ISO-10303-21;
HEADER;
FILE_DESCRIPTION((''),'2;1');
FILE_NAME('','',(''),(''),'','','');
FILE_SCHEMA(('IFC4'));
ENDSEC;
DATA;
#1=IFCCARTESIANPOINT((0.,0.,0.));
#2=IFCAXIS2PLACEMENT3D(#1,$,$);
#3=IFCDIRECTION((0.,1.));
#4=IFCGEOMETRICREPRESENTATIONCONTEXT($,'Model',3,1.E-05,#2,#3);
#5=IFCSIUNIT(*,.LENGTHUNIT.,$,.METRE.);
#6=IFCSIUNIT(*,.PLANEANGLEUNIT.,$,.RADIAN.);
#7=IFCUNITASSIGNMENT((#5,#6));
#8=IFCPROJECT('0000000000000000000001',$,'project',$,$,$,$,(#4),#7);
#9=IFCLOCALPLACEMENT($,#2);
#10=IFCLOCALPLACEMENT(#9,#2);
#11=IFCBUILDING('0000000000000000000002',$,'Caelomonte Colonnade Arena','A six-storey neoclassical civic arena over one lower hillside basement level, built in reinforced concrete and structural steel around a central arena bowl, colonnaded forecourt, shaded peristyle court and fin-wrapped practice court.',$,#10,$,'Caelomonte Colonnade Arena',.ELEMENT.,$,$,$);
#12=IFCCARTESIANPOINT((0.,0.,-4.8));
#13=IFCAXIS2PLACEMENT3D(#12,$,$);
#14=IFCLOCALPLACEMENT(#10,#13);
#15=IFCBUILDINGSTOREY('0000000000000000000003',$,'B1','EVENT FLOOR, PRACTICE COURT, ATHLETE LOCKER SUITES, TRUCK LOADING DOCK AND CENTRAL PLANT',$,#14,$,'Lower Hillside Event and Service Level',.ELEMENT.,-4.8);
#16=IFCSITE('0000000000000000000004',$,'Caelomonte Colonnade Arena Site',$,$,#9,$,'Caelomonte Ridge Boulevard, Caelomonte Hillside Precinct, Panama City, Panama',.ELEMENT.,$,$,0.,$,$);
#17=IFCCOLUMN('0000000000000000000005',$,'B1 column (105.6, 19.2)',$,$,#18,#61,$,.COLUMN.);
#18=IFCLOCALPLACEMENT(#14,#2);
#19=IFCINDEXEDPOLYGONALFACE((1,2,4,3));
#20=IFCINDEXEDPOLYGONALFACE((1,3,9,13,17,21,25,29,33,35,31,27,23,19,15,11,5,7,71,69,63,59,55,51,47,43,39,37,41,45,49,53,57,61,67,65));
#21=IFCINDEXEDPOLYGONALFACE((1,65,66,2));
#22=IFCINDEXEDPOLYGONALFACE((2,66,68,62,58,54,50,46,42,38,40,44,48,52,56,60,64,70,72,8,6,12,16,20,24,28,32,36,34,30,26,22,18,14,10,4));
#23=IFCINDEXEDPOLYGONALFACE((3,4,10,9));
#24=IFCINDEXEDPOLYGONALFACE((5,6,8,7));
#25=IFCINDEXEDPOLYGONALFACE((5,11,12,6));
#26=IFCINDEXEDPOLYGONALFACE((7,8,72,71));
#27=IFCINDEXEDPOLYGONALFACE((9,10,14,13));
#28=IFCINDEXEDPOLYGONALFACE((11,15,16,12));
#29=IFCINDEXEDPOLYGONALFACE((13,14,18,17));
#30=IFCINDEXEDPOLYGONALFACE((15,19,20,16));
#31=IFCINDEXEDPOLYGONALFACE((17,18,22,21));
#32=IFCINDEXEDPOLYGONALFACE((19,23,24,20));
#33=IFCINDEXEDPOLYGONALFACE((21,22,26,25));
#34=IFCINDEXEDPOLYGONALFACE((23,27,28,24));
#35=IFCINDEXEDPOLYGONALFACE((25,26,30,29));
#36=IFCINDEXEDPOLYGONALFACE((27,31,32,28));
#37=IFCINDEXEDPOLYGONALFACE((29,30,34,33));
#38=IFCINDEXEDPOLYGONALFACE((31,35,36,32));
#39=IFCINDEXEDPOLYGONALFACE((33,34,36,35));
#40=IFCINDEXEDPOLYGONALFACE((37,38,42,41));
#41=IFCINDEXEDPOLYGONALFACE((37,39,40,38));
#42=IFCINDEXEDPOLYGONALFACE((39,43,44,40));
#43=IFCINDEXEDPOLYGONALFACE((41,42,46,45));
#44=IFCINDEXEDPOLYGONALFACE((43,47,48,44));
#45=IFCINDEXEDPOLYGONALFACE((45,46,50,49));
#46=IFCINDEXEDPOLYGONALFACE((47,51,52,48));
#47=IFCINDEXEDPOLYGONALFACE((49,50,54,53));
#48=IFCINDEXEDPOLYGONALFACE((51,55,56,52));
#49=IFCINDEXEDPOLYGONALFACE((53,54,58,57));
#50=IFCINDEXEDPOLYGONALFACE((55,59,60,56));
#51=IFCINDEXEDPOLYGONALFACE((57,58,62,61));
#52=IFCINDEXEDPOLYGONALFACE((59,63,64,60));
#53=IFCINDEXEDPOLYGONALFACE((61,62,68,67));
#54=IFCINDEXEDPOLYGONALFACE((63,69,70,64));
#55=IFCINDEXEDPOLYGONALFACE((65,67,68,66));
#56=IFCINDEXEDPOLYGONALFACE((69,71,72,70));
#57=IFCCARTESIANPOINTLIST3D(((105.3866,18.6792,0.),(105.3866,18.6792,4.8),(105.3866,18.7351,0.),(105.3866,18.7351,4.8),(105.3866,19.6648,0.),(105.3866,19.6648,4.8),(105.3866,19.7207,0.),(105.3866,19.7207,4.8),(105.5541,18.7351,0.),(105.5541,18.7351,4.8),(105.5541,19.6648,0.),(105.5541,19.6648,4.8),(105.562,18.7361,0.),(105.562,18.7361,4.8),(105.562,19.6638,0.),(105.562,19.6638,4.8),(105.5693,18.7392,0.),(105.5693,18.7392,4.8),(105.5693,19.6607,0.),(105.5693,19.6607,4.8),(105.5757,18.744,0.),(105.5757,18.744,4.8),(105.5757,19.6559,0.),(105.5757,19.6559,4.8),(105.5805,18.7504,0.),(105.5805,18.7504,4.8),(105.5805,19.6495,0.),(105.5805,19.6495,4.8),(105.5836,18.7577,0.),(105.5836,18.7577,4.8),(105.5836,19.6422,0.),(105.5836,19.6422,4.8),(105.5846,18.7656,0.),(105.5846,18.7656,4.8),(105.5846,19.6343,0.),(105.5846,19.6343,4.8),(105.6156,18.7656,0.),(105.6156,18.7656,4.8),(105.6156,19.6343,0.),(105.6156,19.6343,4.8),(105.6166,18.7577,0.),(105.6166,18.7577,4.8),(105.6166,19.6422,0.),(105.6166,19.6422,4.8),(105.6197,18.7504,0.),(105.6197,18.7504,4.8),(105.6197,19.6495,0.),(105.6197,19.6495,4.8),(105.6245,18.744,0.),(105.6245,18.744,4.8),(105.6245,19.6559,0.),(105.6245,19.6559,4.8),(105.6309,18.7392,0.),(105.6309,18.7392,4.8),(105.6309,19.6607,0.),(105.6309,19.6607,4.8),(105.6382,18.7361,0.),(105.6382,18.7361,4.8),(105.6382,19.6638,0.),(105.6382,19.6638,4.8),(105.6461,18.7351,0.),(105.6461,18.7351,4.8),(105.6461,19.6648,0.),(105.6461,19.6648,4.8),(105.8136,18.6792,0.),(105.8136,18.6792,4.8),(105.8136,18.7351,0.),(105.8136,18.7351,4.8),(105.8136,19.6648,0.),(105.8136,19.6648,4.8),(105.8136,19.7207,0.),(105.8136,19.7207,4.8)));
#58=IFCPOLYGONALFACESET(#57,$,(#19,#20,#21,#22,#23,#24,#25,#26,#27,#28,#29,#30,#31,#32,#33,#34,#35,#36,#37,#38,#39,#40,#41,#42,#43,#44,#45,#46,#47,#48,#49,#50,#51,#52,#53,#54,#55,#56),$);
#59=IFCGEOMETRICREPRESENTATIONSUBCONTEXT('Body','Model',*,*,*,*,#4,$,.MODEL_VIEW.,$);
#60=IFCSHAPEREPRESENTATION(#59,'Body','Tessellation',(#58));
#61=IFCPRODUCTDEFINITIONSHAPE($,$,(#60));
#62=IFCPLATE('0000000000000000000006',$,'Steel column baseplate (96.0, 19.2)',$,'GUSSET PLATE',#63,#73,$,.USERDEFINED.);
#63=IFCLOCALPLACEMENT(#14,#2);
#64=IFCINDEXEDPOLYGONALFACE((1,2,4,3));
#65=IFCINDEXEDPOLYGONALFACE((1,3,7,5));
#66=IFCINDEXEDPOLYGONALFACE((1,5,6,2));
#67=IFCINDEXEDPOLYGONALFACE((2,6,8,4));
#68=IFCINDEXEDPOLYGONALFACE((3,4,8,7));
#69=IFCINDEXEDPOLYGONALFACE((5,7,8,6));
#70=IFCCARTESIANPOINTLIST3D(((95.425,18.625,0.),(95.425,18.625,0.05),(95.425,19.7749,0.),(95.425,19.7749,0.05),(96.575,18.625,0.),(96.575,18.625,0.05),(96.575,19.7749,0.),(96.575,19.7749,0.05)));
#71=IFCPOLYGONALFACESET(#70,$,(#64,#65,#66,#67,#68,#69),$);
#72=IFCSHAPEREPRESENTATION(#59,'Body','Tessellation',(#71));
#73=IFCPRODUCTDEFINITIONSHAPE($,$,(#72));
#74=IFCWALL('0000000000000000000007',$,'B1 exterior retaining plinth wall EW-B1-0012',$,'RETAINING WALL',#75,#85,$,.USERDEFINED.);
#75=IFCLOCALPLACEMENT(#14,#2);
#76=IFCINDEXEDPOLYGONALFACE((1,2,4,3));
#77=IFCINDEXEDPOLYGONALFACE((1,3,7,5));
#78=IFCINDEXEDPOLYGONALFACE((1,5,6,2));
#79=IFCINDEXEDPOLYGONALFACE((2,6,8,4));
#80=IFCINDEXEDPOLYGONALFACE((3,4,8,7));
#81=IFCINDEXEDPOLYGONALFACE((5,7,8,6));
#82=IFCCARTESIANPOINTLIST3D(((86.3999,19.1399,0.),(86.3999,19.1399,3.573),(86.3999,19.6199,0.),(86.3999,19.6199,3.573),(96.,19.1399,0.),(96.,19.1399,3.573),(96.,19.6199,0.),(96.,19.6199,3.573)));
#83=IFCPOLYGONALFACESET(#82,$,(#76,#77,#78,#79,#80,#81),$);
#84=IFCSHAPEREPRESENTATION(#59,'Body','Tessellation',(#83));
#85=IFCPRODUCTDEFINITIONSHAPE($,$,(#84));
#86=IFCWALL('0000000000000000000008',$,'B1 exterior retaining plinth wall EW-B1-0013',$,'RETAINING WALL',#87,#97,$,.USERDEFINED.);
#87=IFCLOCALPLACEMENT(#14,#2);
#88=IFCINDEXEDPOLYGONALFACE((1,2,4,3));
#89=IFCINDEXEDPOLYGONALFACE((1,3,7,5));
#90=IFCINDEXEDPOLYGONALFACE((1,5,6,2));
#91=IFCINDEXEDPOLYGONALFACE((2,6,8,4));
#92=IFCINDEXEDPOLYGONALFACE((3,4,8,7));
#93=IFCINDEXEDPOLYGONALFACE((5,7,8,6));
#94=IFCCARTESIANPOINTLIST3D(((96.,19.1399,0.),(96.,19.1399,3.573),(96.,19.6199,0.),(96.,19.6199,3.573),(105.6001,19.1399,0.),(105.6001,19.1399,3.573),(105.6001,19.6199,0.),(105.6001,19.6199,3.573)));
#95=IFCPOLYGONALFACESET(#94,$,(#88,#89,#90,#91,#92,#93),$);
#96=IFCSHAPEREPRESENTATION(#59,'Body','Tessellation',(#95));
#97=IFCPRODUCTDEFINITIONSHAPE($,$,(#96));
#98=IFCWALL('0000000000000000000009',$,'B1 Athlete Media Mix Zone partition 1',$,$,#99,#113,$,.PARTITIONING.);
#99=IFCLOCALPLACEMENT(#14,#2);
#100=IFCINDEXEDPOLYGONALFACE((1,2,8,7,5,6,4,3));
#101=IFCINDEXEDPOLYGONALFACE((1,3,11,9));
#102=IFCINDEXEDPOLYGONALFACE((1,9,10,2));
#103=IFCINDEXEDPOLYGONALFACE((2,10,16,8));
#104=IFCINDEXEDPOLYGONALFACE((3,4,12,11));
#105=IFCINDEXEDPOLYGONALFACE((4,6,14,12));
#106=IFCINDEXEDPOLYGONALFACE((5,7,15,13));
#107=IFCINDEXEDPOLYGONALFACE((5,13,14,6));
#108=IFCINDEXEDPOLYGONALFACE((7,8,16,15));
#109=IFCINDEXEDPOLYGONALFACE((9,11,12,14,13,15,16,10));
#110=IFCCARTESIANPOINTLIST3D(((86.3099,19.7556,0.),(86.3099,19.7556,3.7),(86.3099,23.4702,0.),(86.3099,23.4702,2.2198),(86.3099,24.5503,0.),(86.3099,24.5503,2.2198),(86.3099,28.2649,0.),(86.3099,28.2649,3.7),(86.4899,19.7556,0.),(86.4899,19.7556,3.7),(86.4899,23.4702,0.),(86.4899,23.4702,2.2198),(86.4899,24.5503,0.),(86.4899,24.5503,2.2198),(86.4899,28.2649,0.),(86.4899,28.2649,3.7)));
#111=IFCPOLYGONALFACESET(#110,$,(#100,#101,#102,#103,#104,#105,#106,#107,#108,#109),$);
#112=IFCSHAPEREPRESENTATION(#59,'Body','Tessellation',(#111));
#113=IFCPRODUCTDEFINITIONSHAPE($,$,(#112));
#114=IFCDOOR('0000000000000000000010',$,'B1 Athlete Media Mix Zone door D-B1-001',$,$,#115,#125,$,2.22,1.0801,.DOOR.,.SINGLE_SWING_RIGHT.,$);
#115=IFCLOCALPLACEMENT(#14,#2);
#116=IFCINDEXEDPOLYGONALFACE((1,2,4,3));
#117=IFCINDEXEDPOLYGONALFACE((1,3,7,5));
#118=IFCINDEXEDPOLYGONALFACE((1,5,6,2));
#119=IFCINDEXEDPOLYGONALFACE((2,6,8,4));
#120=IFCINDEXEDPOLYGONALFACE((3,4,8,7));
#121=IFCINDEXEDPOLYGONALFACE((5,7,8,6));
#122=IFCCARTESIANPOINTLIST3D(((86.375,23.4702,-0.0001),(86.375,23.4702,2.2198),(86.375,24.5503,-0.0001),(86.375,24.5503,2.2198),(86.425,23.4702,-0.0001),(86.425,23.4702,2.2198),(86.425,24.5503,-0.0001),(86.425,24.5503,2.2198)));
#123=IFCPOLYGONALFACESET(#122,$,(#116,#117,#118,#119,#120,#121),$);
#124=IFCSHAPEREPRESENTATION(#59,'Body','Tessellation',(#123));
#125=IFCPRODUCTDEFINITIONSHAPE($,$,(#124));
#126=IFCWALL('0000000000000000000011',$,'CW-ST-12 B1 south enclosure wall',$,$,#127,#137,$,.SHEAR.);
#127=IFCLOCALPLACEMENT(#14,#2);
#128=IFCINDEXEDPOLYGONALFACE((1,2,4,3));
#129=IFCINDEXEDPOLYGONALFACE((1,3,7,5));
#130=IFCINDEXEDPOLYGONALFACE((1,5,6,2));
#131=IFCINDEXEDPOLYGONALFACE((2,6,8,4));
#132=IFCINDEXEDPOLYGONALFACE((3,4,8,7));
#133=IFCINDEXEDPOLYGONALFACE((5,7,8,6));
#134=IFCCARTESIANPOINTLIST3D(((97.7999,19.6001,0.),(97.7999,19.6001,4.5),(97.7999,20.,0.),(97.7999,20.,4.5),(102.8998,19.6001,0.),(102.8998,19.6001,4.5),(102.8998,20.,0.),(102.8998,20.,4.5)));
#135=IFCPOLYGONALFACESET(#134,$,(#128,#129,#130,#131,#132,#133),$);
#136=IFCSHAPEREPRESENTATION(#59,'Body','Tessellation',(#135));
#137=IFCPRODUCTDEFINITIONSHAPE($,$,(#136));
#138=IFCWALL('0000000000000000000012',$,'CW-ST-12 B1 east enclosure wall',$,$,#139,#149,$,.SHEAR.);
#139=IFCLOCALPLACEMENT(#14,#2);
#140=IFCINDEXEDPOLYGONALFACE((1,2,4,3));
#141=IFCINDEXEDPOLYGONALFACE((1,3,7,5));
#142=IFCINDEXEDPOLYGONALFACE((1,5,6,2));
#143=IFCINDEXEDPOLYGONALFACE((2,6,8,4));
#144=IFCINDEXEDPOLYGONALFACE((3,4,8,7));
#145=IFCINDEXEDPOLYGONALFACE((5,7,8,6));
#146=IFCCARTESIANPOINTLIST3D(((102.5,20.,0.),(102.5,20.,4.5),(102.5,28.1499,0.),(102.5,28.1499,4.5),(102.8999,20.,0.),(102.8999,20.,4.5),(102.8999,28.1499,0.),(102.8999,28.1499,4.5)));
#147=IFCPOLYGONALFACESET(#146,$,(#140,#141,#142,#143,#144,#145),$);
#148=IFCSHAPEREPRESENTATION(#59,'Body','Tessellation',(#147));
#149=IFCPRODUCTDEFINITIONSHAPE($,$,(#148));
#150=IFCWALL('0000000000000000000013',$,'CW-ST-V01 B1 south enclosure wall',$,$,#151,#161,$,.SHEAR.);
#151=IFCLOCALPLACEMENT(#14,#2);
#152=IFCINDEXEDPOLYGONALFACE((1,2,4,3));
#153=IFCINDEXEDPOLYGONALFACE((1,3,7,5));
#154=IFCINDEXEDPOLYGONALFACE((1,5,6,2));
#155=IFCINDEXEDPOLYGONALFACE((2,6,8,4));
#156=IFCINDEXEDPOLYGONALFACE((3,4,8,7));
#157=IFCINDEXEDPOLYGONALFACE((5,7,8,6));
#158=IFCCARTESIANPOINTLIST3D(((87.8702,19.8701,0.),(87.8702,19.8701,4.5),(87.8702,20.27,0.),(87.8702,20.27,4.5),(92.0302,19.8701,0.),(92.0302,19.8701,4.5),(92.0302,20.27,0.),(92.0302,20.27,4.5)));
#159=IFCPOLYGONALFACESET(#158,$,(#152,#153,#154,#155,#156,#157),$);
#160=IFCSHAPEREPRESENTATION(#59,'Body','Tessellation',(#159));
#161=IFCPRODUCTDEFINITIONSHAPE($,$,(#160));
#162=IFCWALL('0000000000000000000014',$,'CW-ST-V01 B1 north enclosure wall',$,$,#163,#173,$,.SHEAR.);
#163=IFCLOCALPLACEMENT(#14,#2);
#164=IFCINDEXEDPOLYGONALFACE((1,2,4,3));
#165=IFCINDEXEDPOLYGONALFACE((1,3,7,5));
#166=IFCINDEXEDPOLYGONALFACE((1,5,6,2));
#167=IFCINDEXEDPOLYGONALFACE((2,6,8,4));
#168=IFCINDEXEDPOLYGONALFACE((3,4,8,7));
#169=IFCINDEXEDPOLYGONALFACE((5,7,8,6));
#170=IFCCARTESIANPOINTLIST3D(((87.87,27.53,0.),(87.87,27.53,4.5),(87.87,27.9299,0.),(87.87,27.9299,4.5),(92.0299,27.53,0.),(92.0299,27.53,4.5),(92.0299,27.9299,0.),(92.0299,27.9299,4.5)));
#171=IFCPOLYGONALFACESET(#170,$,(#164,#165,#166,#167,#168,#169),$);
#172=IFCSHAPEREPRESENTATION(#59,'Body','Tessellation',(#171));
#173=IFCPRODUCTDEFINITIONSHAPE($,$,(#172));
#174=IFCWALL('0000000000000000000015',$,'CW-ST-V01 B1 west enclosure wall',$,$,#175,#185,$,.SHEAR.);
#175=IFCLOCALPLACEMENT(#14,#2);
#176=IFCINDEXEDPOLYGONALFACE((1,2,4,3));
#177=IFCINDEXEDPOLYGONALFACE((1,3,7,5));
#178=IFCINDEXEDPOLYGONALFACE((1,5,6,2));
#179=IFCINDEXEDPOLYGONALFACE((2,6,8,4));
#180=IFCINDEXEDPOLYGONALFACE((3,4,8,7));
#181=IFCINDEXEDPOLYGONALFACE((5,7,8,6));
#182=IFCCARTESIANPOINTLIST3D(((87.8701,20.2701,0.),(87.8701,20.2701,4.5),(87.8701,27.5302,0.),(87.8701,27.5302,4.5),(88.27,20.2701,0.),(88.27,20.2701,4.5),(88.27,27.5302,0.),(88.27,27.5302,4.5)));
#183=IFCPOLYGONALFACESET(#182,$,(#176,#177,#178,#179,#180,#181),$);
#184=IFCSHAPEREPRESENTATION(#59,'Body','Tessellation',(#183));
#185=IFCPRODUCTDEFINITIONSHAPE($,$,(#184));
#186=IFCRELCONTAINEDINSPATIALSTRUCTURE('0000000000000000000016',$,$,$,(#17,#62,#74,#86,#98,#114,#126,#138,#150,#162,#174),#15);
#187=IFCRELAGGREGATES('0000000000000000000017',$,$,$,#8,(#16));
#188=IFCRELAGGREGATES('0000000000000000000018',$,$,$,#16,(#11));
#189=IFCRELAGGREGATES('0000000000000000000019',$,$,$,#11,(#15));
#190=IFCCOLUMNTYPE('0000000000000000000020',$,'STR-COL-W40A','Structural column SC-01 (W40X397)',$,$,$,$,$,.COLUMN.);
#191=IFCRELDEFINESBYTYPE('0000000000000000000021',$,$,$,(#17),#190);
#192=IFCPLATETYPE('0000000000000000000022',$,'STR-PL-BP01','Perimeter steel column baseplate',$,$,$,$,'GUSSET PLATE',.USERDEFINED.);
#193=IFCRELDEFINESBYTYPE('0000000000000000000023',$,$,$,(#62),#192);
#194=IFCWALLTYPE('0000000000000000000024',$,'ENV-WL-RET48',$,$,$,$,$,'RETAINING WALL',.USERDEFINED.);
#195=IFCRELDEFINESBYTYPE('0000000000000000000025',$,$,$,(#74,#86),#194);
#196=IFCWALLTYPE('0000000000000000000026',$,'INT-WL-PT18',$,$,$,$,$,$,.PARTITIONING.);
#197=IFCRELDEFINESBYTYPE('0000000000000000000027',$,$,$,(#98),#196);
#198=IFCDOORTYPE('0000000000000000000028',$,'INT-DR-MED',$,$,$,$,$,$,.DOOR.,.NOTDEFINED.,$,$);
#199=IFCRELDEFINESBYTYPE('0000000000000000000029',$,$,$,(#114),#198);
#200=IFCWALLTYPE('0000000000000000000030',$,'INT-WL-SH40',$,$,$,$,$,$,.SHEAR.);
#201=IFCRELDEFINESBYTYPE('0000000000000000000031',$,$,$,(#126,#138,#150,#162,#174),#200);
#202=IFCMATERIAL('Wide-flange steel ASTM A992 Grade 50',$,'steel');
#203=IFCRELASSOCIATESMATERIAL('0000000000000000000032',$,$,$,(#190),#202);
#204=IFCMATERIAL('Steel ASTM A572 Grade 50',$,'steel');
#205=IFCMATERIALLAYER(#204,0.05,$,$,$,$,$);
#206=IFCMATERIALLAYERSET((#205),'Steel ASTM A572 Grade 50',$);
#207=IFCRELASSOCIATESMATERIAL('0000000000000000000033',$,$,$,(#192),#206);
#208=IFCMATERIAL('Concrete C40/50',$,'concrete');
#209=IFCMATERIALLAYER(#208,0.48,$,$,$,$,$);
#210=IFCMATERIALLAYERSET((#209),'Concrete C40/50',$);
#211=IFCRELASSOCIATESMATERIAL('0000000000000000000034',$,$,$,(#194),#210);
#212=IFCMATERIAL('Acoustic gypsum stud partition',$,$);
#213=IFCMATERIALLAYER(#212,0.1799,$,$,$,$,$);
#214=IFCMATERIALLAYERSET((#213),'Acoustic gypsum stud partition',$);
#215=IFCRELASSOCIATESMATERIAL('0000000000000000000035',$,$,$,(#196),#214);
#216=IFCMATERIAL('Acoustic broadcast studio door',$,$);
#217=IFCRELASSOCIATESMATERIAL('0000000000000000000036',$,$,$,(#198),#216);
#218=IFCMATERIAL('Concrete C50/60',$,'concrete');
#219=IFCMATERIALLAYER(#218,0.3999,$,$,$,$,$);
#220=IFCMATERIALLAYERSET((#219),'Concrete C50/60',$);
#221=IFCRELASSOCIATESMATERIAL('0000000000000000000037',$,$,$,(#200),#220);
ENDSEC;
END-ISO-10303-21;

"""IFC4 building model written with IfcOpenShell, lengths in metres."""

from ifc_helpers import new_model, si_unit, direction, frame, frame_2d, origin, origin_2d, place, context, subcontext, project, spatial, rectangle, i_section, extrude, material, layer, layer_set, material_profile, profile_set, type_object, element, fill, save


model = new_model("IFC4")

# Units and contexts
model_context = context("Model", 3, precision=1e-05, world=origin(), true_north=direction((0.0, 1.0)))
body_context = subcontext(model_context, "Body", "Model", "MODEL_VIEW")
ifc_project = project(units=[si_unit("LENGTHUNIT", "METRE"), si_unit("PLANEANGLEUNIT", "RADIAN")], contexts=[model_context])

# Site, building, storey
site_placement = place(None, origin())
site = spatial("IfcSite", under=ifc_project, at=site_placement, Name="Caelomonte Colonnade Arena Site", LongName="Caelomonte Ridge Boulevard, Caelomonte Hillside Precinct, Panama City, Panama", CompositionType="ELEMENT", RefElevation=0.0)
building_placement = place(site_placement, origin())
building = spatial("IfcBuilding", under=site, at=building_placement, Name="Caelomonte Colonnade Arena", Description="A six-storey neoclassical civic arena over one lower hillside basement level, built in reinforced concrete and structural steel around a central arena bowl, colonnaded forecourt, shaded peristyle court and fin-wrapped practice court.", LongName="Caelomonte Colonnade Arena", CompositionType="ELEMENT")
storey_placement = place(building_placement, frame((0.0, 0.0, -4.8)))
storey = spatial("IfcBuildingStorey", under=building, at=storey_placement, Name="B1", Description="EVENT FLOOR, PRACTICE COURT, ATHLETE LOCKER SUITES, TRUCK LOADING DOCK AND CENTRAL PLANT", LongName="Lower Hillside Event and Service Level", CompositionType="ELEMENT", Elevation=-4.8)

# Shared definitions
ifc_material_1 = material(Name="Concrete C40/50", Category="concrete")

# Column
ifc_material_2 = material(Name="Wide-flange steel ASTM A992 Grade 50", Category="steel")
ifc_material_profile_1 = material_profile(ifc_material_2, i_section(OverallWidth=0.427, OverallDepth=1.0415, WebThickness=0.031, FlangeThickness=0.0559, FilletRadius=0.0305, at=origin_2d()), Name="W40X397")
ifc_profile_set_1 = profile_set([ifc_material_profile_1], Name="Wide-flange steel ASTM A992 Grade 50")
column_type = type_object("IfcColumnType", Name="STR-COL-W40A", Description="Structural column SC-01 (W40X397)", PredefinedType="COLUMN", material=ifc_profile_set_1)
for number, where, z_axis, x_axis, name in (
    (1, (105.6001, 19.2, 0.0), (0.0, 0.0, 1.0), (1.0, 0.0, 0.0), "B1 column (105.6, 19.2)"),
):
    element("IfcColumn", number, at=place(storey_placement, frame(where, z_axis=z_axis, x_axis=x_axis)), inside=storey, type_object=column_type, Name=name, PredefinedType="COLUMN", context=body_context, shape_type="SweptSolid", body=[
        extrude(i_section(OverallWidth=0.427, OverallDepth=1.0415, WebThickness=0.031, FlangeThickness=0.0559, FilletRadius=0.0305, at=origin_2d()), origin(), (0.0, 0.0, 1.0), 4.8),
    ])

# Plate
ifc_material_3 = material(Name="Steel ASTM A572 Grade 50", Category="steel")
ifc_layer_1 = layer(ifc_material_3, 0.05)
ifc_layer_set_1 = layer_set([ifc_layer_1], Name="Steel ASTM A572 Grade 50")
plate_type = type_object("IfcPlateType", Name="STR-PL-BP01", Description="Perimeter steel column baseplate", ElementType="GUSSET PLATE", PredefinedType="USERDEFINED", material=ifc_layer_set_1)
plate_placement = place(storey_placement, frame((96.0, 19.2, 0.0), z_axis=(0.0, 0.0, 1.0), x_axis=(1.0, 0.0, 0.0)))
element("IfcPlate", 2, at=plate_placement, inside=storey, type_object=plate_type, Name="Steel column baseplate (96.0, 19.2)", ObjectType="GUSSET PLATE", PredefinedType="USERDEFINED", context=body_context, shape_type="SweptSolid", body=[
    extrude(rectangle(XDim=1.1499, YDim=1.1499, at=origin_2d()), origin(), (0.0, 0.0, 1.0), 0.05),
])

# Walls
ifc_layer_2 = layer(ifc_material_1, 0.48)
ifc_layer_set_2 = layer_set([ifc_layer_2], Name="Concrete C40/50")
wall_type_1 = type_object("IfcWallType", Name="ENV-WL-RET48", ElementType="RETAINING WALL", PredefinedType="USERDEFINED", material=ifc_layer_set_2)
for number, where, z_axis, x_axis, name in (
    (3, (86.3999, 19.3799, 0.0), (0.0, 0.0, 1.0), (1.0, 0.0, 0.0), "B1 exterior retaining plinth wall EW-B1-0012"),
    (4, (96.0, 19.3799, 0.0), (0.0, 0.0, 1.0), (1.0, 0.0, 0.0), "B1 exterior retaining plinth wall EW-B1-0013"),
):
    element("IfcWall", number, at=place(storey_placement, frame(where, z_axis=z_axis, x_axis=x_axis)), inside=storey, type_object=wall_type_1, Name=name, ObjectType="RETAINING WALL", PredefinedType="USERDEFINED", context=body_context, shape_type="SweptSolid", body=[
        extrude(rectangle(XDim=9.6001, YDim=0.48, at=frame_2d((4.8, 0.0))), origin(), (0.0, 0.0, 1.0), 3.573),
    ])

# Wall, opening, door
ifc_material_4 = material(Name="Acoustic gypsum stud partition")
ifc_layer_3 = layer(ifc_material_4, 0.1799)
ifc_layer_set_3 = layer_set([ifc_layer_3], Name="Acoustic gypsum stud partition")
wall_type_2 = type_object("IfcWallType", Name="INT-WL-PT18", PredefinedType="PARTITIONING", material=ifc_layer_set_3)
wall_1_placement = place(storey_placement, frame((86.3999, 19.7556, 0.0), z_axis=(0.0, 0.0, 1.0), x_axis=(0.0, 1.0, 0.0)))
wall_1 = element("IfcWall", 5, at=wall_1_placement, inside=storey, type_object=wall_type_2, Name="B1 Athlete Media Mix Zone partition 1", PredefinedType="PARTITIONING", context=body_context, shape_type="SweptSolid", body=[
    extrude(rectangle(XDim=8.5093, YDim=0.1799, at=frame_2d((4.2546, 0.0))), origin(), (0.0, 0.0, 1.0), 3.7),
])
opening_placement = place(wall_1_placement, frame((3.7146, 0.0, 0.0), z_axis=(0.0, 0.0, 1.0), x_axis=(1.0, 0.0, 0.0)))
opening = element("IfcOpeningElement", 6, at=opening_placement, cuts=wall_1, PredefinedType="OPENING", context=body_context, shape_type="SweptSolid", body=[
    extrude(rectangle(XDim=1.0801, YDim=2.22, at=frame_2d((0.54, 1.1099))), frame((0.0, 0.0999, 0.0), z_axis=(0.0, -1.0, 0.0), x_axis=(1.0, 0.0, 0.0)), (0.0, 0.0, 1.0), 0.2),
])
ifc_material_5 = material(Name="Acoustic broadcast studio door")
door_type = type_object("IfcDoorType", Name="INT-DR-MED", OperationType="NOTDEFINED", PredefinedType="DOOR", material=ifc_material_5)
door_placement = place(opening_placement, origin())
door = element("IfcDoor", 7, at=door_placement, inside=storey, type_object=door_type, Name="B1 Athlete Media Mix Zone door D-B1-001", OperationType="SINGLE_SWING_RIGHT", OverallHeight=2.22, OverallWidth=1.0801, PredefinedType="DOOR", context=body_context, shape_type="SweptSolid", body=[
    extrude(rectangle(XDim=1.0801, YDim=2.22, at=frame_2d((0.54, 1.1099))), frame((0.0, 0.0249, 0.0), z_axis=(0.0, -1.0, 0.0), x_axis=(1.0, 0.0, 0.0)), (0.0, 0.0, 1.0), 0.05),
])
fill(opening, door)

# Walls
ifc_material_6 = material(Name="Concrete C50/60", Category="concrete")
ifc_layer_4 = layer(ifc_material_6, 0.3999)
ifc_layer_set_4 = layer_set([ifc_layer_4], Name="Concrete C50/60")
wall_type_3 = type_object("IfcWallType", Name="INT-WL-SH40", PredefinedType="SHEAR", material=ifc_layer_set_4)
wall_2_placement = place(storey_placement, frame((97.8, 19.8, 0.0), z_axis=(0.0, 0.0, 1.0), x_axis=(1.0, 0.0, 0.0)))
element("IfcWall", 8, at=wall_2_placement, inside=storey, type_object=wall_type_3, Name="CW-ST-12 B1 south enclosure wall", PredefinedType="SHEAR", context=body_context, shape_type="SweptSolid", body=[
    extrude(rectangle(XDim=5.0999, YDim=0.3999, at=frame_2d((2.5498, 0.0))), origin(), (0.0, 0.0, 1.0), 4.5),
])
wall_3_placement = place(storey_placement, frame((102.7, 20.0, 0.0), z_axis=(0.0, 0.0, 1.0), x_axis=(0.0, 1.0, 0.0)))
element("IfcWall", 9, at=wall_3_placement, inside=storey, type_object=wall_type_3, Name="CW-ST-12 B1 east enclosure wall", PredefinedType="SHEAR", context=body_context, shape_type="SweptSolid", body=[
    extrude(rectangle(XDim=8.1499, YDim=0.3999, at=frame_2d((4.075, 0.0))), origin(), (0.0, 0.0, 1.0), 4.5),
])
for number, where, z_axis, x_axis, name in (
    (10, (87.8701, 20.0701, 0.0), (0.0, 0.0, 1.0), (1.0, 0.0, 0.0), "CW-ST-V01 B1 south enclosure wall"),
    (11, (92.03, 27.73, 0.0), (0.0, 0.0, 1.0), (-1.0, 0.0, 0.0), "CW-ST-V01 B1 north enclosure wall"),
):
    element("IfcWall", number, at=place(storey_placement, frame(where, z_axis=z_axis, x_axis=x_axis)), inside=storey, type_object=wall_type_3, Name=name, PredefinedType="SHEAR", context=body_context, shape_type="SweptSolid", body=[
        extrude(rectangle(XDim=4.1599, YDim=0.3999, at=frame_2d((2.0801, 0.0))), origin(), (0.0, 0.0, 1.0), 4.5),
    ])
for number, where, z_axis, x_axis, name in (
    (12, (88.0701, 27.53, 0.0), (0.0, 0.0, 1.0), (0.0, -1.0, 0.0), "CW-ST-V01 B1 west enclosure wall"),
):
    element("IfcWall", number, at=place(storey_placement, frame(where, z_axis=z_axis, x_axis=x_axis)), inside=storey, type_object=wall_type_3, Name=name, PredefinedType="SHEAR", context=body_context, shape_type="SweptSolid", body=[
        extrude(rectangle(XDim=7.26, YDim=0.3999, at=frame_2d((3.6299, 0.0))), origin(), (0.0, 0.0, 1.0), 4.5),
    ])

save(model, "model.ifc")
